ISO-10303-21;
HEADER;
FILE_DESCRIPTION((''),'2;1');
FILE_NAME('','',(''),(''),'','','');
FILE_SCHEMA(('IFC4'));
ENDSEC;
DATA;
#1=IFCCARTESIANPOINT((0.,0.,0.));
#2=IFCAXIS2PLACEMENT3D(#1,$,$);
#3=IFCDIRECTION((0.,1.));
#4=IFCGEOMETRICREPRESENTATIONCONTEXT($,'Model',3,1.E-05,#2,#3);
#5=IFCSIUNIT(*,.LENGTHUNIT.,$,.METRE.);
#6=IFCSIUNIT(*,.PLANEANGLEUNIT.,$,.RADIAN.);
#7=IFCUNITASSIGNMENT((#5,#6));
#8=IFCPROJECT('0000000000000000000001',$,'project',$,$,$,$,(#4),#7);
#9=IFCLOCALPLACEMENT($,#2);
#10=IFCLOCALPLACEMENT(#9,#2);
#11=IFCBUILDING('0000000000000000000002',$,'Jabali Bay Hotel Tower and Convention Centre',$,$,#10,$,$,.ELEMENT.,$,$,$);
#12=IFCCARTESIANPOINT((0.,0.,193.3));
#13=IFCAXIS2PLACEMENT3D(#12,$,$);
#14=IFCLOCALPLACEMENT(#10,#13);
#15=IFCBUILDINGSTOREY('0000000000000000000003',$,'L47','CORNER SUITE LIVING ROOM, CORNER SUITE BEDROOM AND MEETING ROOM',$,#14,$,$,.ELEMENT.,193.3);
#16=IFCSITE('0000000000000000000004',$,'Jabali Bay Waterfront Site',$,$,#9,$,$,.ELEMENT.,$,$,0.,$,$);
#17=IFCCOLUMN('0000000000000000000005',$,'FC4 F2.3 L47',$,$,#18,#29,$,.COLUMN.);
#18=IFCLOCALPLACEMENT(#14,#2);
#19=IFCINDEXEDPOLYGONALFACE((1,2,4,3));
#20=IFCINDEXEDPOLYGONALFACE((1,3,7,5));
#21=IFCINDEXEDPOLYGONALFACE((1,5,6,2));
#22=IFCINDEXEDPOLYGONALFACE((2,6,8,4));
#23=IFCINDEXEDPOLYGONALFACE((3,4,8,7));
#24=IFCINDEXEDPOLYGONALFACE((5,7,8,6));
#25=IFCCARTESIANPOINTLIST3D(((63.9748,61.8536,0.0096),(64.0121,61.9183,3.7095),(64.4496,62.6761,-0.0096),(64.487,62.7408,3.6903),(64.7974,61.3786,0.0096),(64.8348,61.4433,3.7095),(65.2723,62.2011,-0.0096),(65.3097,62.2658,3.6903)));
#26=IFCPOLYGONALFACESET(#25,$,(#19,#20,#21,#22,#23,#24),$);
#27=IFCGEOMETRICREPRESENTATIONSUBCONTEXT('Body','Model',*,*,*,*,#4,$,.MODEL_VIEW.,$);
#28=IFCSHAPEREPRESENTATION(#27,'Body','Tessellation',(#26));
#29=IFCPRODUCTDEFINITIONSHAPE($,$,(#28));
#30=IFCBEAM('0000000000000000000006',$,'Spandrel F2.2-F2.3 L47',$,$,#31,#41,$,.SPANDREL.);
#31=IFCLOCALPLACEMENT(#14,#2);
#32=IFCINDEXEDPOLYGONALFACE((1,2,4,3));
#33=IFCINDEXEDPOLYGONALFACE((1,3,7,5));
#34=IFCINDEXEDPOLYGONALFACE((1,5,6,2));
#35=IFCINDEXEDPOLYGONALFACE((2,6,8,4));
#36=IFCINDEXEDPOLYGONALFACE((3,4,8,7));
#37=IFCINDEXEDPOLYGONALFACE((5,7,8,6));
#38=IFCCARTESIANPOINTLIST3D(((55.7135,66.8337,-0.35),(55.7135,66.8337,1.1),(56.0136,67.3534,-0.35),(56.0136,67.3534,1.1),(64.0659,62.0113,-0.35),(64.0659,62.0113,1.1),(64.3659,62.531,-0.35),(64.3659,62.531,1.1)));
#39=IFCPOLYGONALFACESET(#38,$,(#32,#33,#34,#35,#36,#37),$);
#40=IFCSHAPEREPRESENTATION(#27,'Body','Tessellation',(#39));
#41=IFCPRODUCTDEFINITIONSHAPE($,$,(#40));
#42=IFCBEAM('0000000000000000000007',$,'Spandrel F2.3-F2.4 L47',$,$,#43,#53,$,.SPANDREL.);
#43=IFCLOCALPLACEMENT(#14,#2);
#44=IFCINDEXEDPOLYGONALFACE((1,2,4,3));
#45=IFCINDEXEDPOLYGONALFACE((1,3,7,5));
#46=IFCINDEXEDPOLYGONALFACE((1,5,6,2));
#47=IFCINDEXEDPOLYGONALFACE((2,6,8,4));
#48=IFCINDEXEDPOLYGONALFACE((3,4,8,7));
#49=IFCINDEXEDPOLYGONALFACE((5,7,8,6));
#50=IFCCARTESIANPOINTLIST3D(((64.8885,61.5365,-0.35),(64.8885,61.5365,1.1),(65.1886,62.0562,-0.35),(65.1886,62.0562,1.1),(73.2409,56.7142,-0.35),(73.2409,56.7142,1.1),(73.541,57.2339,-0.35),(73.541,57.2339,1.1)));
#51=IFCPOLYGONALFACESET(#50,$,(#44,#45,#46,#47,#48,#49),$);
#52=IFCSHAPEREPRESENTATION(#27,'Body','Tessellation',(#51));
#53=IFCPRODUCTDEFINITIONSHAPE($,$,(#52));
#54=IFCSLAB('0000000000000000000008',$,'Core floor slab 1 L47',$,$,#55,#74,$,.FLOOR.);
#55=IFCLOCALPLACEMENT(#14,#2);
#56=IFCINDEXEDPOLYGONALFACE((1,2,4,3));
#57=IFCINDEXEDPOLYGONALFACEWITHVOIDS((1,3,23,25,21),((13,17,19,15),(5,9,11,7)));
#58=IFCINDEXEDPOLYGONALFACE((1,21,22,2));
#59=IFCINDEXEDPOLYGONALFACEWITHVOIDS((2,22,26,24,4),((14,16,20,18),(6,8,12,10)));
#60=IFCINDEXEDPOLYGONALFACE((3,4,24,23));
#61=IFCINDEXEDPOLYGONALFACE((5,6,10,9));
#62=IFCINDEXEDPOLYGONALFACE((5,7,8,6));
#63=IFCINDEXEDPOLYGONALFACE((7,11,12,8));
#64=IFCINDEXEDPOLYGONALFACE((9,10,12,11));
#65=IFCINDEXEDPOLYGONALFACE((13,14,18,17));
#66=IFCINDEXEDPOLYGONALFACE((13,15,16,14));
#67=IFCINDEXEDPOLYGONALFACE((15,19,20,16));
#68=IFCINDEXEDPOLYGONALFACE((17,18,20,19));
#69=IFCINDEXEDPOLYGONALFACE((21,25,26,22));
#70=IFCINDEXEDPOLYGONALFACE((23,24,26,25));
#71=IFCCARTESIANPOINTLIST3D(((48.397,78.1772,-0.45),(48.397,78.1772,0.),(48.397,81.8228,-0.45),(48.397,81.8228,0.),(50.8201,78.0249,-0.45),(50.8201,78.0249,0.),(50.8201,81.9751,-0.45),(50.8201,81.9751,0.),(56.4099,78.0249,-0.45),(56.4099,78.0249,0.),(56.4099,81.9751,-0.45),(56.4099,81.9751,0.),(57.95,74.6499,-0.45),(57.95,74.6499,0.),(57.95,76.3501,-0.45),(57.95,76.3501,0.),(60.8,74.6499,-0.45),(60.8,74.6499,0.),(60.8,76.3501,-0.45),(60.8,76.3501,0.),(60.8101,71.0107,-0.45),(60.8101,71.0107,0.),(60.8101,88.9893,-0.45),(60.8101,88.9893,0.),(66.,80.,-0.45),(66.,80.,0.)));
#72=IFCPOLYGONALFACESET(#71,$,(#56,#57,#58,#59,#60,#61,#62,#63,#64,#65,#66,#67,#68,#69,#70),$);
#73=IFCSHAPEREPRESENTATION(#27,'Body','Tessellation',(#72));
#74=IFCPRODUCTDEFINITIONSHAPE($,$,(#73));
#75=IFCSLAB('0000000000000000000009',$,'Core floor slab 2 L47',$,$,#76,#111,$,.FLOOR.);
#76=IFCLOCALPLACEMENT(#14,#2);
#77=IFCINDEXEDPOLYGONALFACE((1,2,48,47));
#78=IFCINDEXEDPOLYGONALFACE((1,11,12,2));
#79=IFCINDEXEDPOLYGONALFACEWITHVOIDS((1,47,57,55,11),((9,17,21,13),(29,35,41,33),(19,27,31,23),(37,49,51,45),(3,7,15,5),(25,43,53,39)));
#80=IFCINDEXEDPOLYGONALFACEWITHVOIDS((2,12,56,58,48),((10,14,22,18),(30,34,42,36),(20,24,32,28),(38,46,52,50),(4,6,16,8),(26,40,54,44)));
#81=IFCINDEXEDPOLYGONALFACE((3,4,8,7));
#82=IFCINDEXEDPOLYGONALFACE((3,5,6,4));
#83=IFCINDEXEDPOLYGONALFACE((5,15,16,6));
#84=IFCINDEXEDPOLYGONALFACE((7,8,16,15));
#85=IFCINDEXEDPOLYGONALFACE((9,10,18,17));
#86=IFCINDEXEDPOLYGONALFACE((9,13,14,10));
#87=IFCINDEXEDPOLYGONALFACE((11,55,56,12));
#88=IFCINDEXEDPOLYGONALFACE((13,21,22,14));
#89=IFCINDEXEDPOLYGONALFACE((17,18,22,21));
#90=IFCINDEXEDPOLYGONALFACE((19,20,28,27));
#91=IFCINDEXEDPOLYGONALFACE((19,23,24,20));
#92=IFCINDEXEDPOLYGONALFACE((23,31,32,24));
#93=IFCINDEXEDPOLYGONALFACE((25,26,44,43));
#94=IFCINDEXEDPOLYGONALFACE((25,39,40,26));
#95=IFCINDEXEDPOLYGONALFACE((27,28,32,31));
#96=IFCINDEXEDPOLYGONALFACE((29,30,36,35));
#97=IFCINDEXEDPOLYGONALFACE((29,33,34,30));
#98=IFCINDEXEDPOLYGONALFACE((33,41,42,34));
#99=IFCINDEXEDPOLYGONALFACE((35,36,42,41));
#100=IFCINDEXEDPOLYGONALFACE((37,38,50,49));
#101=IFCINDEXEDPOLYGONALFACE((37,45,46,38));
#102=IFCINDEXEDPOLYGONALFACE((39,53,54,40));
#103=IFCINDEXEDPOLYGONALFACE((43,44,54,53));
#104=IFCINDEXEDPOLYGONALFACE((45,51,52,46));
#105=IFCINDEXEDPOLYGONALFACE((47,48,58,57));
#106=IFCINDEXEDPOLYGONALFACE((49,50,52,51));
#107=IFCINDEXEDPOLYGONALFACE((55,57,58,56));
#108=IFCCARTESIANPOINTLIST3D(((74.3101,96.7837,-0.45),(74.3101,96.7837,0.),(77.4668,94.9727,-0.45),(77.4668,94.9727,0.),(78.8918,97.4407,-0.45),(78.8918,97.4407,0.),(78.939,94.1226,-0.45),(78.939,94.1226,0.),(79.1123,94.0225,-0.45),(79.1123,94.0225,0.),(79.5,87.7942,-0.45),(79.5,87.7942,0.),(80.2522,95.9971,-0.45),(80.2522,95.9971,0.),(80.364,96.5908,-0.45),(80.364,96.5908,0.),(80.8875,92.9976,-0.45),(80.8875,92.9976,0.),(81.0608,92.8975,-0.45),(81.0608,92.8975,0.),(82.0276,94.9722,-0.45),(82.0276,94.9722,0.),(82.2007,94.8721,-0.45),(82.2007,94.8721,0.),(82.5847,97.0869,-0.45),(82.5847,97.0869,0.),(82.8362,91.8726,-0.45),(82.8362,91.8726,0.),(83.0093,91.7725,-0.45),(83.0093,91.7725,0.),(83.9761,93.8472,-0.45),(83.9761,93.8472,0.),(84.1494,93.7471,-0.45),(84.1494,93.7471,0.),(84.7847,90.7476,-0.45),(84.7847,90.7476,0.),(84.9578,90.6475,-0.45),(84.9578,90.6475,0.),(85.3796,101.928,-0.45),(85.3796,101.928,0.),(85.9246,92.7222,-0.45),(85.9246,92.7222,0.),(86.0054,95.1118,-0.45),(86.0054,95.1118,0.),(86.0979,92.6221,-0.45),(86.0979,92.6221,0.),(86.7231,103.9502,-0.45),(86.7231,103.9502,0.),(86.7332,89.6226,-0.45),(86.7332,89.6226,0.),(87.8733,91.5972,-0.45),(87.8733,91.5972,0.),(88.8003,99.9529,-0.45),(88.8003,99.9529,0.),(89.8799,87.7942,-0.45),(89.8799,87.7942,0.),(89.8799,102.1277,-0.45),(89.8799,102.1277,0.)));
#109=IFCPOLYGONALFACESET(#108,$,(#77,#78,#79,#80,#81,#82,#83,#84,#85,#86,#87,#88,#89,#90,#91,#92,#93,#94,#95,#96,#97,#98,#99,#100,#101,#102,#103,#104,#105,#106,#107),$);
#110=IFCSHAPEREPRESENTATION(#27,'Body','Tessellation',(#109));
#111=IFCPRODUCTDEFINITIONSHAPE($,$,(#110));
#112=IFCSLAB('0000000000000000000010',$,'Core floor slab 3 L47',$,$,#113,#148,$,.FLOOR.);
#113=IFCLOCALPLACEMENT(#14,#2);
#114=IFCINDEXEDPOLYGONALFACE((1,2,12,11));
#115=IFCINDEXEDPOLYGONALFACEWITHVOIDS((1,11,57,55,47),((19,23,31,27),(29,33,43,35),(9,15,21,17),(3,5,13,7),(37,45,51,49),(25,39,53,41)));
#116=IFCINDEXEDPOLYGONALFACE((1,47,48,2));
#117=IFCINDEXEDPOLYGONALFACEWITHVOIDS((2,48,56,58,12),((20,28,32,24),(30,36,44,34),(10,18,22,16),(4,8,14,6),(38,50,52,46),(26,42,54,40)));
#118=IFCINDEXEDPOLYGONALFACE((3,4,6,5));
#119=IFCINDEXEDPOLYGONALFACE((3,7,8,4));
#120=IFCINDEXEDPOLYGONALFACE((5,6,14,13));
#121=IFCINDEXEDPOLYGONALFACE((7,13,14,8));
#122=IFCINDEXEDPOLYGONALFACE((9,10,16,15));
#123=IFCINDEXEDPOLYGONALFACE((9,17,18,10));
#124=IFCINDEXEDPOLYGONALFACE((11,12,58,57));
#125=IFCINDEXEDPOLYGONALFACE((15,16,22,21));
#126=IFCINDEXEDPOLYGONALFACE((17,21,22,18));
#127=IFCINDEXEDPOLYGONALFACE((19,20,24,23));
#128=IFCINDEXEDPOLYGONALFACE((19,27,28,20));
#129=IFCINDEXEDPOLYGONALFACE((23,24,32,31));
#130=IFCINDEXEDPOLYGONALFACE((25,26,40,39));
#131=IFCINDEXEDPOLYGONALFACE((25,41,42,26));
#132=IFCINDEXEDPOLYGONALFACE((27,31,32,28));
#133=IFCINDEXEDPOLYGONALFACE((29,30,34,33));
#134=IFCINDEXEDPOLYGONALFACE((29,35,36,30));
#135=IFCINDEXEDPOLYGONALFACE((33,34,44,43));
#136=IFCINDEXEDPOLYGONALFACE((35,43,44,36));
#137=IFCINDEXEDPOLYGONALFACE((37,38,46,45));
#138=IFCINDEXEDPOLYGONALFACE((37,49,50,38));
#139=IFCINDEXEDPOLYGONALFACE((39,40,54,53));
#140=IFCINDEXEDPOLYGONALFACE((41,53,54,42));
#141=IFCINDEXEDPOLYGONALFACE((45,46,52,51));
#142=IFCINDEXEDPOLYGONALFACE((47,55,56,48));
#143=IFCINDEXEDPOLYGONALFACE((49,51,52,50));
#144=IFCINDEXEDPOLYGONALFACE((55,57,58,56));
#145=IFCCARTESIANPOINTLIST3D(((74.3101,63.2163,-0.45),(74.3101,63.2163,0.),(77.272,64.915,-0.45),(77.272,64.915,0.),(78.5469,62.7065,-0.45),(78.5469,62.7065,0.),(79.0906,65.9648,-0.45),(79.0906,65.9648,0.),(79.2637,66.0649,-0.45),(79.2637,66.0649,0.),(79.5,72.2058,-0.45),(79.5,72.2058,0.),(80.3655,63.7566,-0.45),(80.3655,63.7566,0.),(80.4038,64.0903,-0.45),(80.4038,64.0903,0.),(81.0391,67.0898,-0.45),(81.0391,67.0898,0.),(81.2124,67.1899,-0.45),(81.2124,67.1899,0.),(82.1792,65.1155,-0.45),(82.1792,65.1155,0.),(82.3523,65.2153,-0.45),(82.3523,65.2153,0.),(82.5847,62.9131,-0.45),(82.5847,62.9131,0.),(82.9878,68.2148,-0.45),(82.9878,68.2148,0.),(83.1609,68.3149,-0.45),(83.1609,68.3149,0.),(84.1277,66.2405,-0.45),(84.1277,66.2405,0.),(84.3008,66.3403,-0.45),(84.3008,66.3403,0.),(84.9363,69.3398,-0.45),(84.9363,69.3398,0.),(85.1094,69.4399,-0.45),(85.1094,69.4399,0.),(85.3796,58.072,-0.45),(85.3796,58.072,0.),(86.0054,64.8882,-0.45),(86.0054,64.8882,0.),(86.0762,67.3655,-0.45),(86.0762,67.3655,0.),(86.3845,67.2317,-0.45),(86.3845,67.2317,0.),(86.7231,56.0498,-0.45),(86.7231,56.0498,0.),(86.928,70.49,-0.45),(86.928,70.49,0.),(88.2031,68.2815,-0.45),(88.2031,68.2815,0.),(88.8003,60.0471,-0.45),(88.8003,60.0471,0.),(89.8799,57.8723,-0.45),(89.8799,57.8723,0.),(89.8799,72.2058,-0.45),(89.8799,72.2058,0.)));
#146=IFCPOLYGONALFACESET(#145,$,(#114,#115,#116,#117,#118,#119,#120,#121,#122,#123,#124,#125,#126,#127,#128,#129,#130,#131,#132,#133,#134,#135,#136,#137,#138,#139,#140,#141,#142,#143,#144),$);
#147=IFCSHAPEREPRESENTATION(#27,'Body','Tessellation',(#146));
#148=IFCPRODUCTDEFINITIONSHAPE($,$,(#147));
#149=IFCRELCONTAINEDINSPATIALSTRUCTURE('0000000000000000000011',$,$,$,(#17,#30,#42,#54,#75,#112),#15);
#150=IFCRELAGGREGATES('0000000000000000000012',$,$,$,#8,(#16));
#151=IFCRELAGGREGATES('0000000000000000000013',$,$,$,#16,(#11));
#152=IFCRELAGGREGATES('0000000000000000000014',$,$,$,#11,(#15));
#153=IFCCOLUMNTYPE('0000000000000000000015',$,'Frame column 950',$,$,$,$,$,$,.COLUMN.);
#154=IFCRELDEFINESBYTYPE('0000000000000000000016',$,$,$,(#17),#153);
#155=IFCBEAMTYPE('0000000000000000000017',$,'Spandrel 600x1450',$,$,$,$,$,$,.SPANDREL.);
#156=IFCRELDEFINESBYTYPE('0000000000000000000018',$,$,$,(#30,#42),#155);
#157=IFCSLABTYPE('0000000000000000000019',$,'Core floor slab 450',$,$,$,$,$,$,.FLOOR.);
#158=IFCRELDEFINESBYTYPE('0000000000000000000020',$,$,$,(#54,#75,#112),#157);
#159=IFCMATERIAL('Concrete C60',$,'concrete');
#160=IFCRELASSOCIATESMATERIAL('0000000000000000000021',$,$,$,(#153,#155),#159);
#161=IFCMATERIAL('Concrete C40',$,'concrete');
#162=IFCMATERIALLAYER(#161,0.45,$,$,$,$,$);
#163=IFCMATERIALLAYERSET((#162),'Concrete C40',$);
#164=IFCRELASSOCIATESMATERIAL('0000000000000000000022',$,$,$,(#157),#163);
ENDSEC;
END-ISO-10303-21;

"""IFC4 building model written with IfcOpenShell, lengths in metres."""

from ifc_helpers import new_model, si_unit, direction, frame, origin, origin_2d, place, context, subcontext, project, spatial, polyline, rectangle, outline, extrude, material, layer, layer_set, material_profile, profile_set, type_object, element, save


model = new_model("IFC4")

# Units and contexts
model_context = context("Model", 3, precision=1e-05, world=origin(), true_north=direction((0.0, 1.0)))
body_context = subcontext(model_context, "Body", "Model", "MODEL_VIEW")
ifc_project = project(units=[si_unit("LENGTHUNIT", "METRE"), si_unit("PLANEANGLEUNIT", "RADIAN")], contexts=[model_context])

# Site, building, storey
site_placement = place(None, origin())
site = spatial("IfcSite", under=ifc_project, at=site_placement, Name="Jabali Bay Waterfront Site", CompositionType="ELEMENT", RefElevation=0.0)
building_placement = place(site_placement, origin())
building = spatial("IfcBuilding", under=site, at=building_placement, Name="Jabali Bay Hotel Tower and Convention Centre", CompositionType="ELEMENT")
storey_placement = place(building_placement, frame((0.0, 0.0, 193.3)))
storey = spatial("IfcBuildingStorey", under=building, at=storey_placement, Name="L47", Description="CORNER SUITE LIVING ROOM, CORNER SUITE BEDROOM AND MEETING ROOM", CompositionType="ELEMENT", Elevation=193.3)

# Column
ifc_material_1 = material(Name="Concrete C60", Category="concrete")
ifc_material_profile_1 = material_profile(ifc_material_1, rectangle(XDim=0.95, YDim=0.95, at=origin_2d()), Name="Frame column 950")
ifc_profile_set_1 = profile_set([ifc_material_profile_1], Name="Concrete C60")
column_type = type_object("IfcColumnType", Name="Frame column 950", PredefinedType="COLUMN", material=ifc_profile_set_1)
column_placement = place(storey_placement, frame((64.6235, 62.0273, 0.0), z_axis=(0.010094, 0.017482, 0.999796), x_axis=(-0.499907, -0.865844, 0.020187)))
element("IfcColumn", 1, at=column_placement, inside=storey, type_object=column_type, Name="FC4 F2.3 L47", PredefinedType="COLUMN", context=body_context, shape_type="SweptSolid", body=[
    extrude(rectangle(XDim=0.95, YDim=0.95, at=origin_2d()), origin(), (0.0, 0.0, 1.0), 3.7007),
])

# Beams
ifc_material_profile_2 = material_profile(ifc_material_1, rectangle(XDim=0.6001, YDim=1.45, at=origin_2d()), Name="Spandrel 600x1450")
ifc_profile_set_2 = profile_set([ifc_material_profile_2], Name="Concrete C60")
beam_type = type_object("IfcBeamType", Name="Spandrel 600x1450", PredefinedType="SPANDREL", material=ifc_profile_set_2)
for number, where, z_axis, x_axis, name in (
    (2, (55.8635, 67.0935, 0.375), (0.866022, -0.500005, 0.0), (0.500005, 0.866022, 0.0), "Spandrel F2.2-F2.3 L47"),
    (3, (65.0386, 61.7964, 0.375), (0.866022, -0.500005, 0.0), (0.500005, 0.866022, 0.0), "Spandrel F2.3-F2.4 L47"),
):
    element("IfcBeam", number, at=place(storey_placement, frame(where, z_axis=z_axis, x_axis=x_axis)), inside=storey, type_object=beam_type, Name=name, PredefinedType="SPANDREL", context=body_context, shape_type="SweptSolid", body=[
        extrude(rectangle(XDim=0.6001, YDim=1.45, at=origin_2d()), origin(), (0.0, 0.0, 1.0), 9.6445),
    ])

# Slabs
ifc_material_2 = material(Name="Concrete C40", Category="concrete")
ifc_layer_1 = layer(ifc_material_2, 0.45)
ifc_layer_set_1 = layer_set([ifc_layer_1], Name="Concrete C40")
slab_type_1 = type_object("IfcSlabType", Name="Core floor slab 450", PredefinedType="FLOOR", material=ifc_layer_set_1)
slab_1_placement = place(storey_placement, frame((0.0, 0.0, -0.45)))
element("IfcSlab", 4, at=slab_1_placement, inside=storey, type_object=slab_type_1, Name="Core floor slab 1 L47", PredefinedType="FLOOR", context=body_context, shape_type="SweptSolid", body=[
    extrude(outline(polyline([(66.0, 80.0), (60.8101, 88.9893), (48.397, 81.8228), (48.397, 78.1772), (60.8101, 71.0107), (66.0, 80.0)]), holes=[polyline([(60.8, 76.3501), (57.95, 76.3501), (57.95, 74.6499), (60.8, 74.6499), (60.8, 76.3501)]), polyline([(50.8201, 81.9751), (50.8201, 78.0249), (56.4099, 78.0249), (56.4099, 81.9751), (50.8201, 81.9751)])]), origin(), (0.0, 0.0, 1.0), 0.45),
])
slab_2_placement = place(storey_placement, frame((0.0, 0.0, -0.45)))
element("IfcSlab", 5, at=slab_2_placement, inside=storey, type_object=slab_type_1, Name="Core floor slab 2 L47", PredefinedType="FLOOR", context=body_context, shape_type="SweptSolid", body=[
    extrude(outline(polyline([(79.5, 87.7942), (89.8799, 87.7942), (89.8799, 102.1277), (86.7231, 103.9502), (74.3101, 96.7837), (79.5, 87.7942)]), holes=[polyline([(84.9578, 90.6475), (86.7332, 89.6226), (87.8733, 91.5972), (86.0979, 92.6221), (84.9578, 90.6475)]), polyline([(84.1494, 93.7471), (83.0093, 91.7725), (84.7847, 90.7476), (85.9246, 92.7222), (84.1494, 93.7471)]), polyline([(82.2007, 94.8721), (81.0608, 92.8975), (82.8362, 91.8726), (83.9761, 93.8472), (82.2007, 94.8721)]), polyline([(79.1123, 94.0225), (80.8875, 92.9976), (82.0276, 94.9722), (80.2522, 95.9971), (79.1123, 94.0225)]), polyline([(78.8918, 97.4407), (77.4668, 94.9727), (78.939, 94.1226), (80.364, 96.5908), (78.8918, 97.4407)]), polyline([(82.5847, 97.0869), (86.0054, 95.1118), (88.8003, 99.9529), (85.3796, 101.928), (82.5847, 97.0869)])]), origin(), (0.0, 0.0, 1.0), 0.45),
])
slab_3_placement = place(storey_placement, frame((0.0, 0.0, -0.45)))
element("IfcSlab", 6, at=slab_3_placement, inside=storey, type_object=slab_type_1, Name="Core floor slab 3 L47", PredefinedType="FLOOR", context=body_context, shape_type="SweptSolid", body=[
    extrude(outline(polyline([(79.5, 72.2058), (74.3101, 63.2163), (86.7231, 56.0498), (89.8799, 57.8723), (89.8799, 72.2058), (79.5, 72.2058)]), holes=[polyline([(82.5847, 62.9131), (85.3796, 58.072), (88.8003, 60.0471), (86.0054, 64.8882), (82.5847, 62.9131)]), polyline([(80.3655, 63.7566), (79.0906, 65.9648), (77.272, 64.915), (78.5469, 62.7065), (80.3655, 63.7566)]), polyline([(82.1792, 65.1155), (81.0391, 67.0898), (79.2637, 66.0649), (80.4038, 64.0903), (82.1792, 65.1155)]), polyline([(82.9878, 68.2148), (81.2124, 67.1899), (82.3523, 65.2153), (84.1277, 66.2405), (82.9878, 68.2148)]), polyline([(86.0762, 67.3655), (84.9363, 69.3398), (83.1609, 68.3149), (84.3008, 66.3403), (86.0762, 67.3655)]), polyline([(88.2031, 68.2815), (86.928, 70.49), (85.1094, 69.4399), (86.3845, 67.2317), (88.2031, 68.2815)])]), origin(), (0.0, 0.0, 1.0), 0.45),
])

save(model, "model.ifc")
